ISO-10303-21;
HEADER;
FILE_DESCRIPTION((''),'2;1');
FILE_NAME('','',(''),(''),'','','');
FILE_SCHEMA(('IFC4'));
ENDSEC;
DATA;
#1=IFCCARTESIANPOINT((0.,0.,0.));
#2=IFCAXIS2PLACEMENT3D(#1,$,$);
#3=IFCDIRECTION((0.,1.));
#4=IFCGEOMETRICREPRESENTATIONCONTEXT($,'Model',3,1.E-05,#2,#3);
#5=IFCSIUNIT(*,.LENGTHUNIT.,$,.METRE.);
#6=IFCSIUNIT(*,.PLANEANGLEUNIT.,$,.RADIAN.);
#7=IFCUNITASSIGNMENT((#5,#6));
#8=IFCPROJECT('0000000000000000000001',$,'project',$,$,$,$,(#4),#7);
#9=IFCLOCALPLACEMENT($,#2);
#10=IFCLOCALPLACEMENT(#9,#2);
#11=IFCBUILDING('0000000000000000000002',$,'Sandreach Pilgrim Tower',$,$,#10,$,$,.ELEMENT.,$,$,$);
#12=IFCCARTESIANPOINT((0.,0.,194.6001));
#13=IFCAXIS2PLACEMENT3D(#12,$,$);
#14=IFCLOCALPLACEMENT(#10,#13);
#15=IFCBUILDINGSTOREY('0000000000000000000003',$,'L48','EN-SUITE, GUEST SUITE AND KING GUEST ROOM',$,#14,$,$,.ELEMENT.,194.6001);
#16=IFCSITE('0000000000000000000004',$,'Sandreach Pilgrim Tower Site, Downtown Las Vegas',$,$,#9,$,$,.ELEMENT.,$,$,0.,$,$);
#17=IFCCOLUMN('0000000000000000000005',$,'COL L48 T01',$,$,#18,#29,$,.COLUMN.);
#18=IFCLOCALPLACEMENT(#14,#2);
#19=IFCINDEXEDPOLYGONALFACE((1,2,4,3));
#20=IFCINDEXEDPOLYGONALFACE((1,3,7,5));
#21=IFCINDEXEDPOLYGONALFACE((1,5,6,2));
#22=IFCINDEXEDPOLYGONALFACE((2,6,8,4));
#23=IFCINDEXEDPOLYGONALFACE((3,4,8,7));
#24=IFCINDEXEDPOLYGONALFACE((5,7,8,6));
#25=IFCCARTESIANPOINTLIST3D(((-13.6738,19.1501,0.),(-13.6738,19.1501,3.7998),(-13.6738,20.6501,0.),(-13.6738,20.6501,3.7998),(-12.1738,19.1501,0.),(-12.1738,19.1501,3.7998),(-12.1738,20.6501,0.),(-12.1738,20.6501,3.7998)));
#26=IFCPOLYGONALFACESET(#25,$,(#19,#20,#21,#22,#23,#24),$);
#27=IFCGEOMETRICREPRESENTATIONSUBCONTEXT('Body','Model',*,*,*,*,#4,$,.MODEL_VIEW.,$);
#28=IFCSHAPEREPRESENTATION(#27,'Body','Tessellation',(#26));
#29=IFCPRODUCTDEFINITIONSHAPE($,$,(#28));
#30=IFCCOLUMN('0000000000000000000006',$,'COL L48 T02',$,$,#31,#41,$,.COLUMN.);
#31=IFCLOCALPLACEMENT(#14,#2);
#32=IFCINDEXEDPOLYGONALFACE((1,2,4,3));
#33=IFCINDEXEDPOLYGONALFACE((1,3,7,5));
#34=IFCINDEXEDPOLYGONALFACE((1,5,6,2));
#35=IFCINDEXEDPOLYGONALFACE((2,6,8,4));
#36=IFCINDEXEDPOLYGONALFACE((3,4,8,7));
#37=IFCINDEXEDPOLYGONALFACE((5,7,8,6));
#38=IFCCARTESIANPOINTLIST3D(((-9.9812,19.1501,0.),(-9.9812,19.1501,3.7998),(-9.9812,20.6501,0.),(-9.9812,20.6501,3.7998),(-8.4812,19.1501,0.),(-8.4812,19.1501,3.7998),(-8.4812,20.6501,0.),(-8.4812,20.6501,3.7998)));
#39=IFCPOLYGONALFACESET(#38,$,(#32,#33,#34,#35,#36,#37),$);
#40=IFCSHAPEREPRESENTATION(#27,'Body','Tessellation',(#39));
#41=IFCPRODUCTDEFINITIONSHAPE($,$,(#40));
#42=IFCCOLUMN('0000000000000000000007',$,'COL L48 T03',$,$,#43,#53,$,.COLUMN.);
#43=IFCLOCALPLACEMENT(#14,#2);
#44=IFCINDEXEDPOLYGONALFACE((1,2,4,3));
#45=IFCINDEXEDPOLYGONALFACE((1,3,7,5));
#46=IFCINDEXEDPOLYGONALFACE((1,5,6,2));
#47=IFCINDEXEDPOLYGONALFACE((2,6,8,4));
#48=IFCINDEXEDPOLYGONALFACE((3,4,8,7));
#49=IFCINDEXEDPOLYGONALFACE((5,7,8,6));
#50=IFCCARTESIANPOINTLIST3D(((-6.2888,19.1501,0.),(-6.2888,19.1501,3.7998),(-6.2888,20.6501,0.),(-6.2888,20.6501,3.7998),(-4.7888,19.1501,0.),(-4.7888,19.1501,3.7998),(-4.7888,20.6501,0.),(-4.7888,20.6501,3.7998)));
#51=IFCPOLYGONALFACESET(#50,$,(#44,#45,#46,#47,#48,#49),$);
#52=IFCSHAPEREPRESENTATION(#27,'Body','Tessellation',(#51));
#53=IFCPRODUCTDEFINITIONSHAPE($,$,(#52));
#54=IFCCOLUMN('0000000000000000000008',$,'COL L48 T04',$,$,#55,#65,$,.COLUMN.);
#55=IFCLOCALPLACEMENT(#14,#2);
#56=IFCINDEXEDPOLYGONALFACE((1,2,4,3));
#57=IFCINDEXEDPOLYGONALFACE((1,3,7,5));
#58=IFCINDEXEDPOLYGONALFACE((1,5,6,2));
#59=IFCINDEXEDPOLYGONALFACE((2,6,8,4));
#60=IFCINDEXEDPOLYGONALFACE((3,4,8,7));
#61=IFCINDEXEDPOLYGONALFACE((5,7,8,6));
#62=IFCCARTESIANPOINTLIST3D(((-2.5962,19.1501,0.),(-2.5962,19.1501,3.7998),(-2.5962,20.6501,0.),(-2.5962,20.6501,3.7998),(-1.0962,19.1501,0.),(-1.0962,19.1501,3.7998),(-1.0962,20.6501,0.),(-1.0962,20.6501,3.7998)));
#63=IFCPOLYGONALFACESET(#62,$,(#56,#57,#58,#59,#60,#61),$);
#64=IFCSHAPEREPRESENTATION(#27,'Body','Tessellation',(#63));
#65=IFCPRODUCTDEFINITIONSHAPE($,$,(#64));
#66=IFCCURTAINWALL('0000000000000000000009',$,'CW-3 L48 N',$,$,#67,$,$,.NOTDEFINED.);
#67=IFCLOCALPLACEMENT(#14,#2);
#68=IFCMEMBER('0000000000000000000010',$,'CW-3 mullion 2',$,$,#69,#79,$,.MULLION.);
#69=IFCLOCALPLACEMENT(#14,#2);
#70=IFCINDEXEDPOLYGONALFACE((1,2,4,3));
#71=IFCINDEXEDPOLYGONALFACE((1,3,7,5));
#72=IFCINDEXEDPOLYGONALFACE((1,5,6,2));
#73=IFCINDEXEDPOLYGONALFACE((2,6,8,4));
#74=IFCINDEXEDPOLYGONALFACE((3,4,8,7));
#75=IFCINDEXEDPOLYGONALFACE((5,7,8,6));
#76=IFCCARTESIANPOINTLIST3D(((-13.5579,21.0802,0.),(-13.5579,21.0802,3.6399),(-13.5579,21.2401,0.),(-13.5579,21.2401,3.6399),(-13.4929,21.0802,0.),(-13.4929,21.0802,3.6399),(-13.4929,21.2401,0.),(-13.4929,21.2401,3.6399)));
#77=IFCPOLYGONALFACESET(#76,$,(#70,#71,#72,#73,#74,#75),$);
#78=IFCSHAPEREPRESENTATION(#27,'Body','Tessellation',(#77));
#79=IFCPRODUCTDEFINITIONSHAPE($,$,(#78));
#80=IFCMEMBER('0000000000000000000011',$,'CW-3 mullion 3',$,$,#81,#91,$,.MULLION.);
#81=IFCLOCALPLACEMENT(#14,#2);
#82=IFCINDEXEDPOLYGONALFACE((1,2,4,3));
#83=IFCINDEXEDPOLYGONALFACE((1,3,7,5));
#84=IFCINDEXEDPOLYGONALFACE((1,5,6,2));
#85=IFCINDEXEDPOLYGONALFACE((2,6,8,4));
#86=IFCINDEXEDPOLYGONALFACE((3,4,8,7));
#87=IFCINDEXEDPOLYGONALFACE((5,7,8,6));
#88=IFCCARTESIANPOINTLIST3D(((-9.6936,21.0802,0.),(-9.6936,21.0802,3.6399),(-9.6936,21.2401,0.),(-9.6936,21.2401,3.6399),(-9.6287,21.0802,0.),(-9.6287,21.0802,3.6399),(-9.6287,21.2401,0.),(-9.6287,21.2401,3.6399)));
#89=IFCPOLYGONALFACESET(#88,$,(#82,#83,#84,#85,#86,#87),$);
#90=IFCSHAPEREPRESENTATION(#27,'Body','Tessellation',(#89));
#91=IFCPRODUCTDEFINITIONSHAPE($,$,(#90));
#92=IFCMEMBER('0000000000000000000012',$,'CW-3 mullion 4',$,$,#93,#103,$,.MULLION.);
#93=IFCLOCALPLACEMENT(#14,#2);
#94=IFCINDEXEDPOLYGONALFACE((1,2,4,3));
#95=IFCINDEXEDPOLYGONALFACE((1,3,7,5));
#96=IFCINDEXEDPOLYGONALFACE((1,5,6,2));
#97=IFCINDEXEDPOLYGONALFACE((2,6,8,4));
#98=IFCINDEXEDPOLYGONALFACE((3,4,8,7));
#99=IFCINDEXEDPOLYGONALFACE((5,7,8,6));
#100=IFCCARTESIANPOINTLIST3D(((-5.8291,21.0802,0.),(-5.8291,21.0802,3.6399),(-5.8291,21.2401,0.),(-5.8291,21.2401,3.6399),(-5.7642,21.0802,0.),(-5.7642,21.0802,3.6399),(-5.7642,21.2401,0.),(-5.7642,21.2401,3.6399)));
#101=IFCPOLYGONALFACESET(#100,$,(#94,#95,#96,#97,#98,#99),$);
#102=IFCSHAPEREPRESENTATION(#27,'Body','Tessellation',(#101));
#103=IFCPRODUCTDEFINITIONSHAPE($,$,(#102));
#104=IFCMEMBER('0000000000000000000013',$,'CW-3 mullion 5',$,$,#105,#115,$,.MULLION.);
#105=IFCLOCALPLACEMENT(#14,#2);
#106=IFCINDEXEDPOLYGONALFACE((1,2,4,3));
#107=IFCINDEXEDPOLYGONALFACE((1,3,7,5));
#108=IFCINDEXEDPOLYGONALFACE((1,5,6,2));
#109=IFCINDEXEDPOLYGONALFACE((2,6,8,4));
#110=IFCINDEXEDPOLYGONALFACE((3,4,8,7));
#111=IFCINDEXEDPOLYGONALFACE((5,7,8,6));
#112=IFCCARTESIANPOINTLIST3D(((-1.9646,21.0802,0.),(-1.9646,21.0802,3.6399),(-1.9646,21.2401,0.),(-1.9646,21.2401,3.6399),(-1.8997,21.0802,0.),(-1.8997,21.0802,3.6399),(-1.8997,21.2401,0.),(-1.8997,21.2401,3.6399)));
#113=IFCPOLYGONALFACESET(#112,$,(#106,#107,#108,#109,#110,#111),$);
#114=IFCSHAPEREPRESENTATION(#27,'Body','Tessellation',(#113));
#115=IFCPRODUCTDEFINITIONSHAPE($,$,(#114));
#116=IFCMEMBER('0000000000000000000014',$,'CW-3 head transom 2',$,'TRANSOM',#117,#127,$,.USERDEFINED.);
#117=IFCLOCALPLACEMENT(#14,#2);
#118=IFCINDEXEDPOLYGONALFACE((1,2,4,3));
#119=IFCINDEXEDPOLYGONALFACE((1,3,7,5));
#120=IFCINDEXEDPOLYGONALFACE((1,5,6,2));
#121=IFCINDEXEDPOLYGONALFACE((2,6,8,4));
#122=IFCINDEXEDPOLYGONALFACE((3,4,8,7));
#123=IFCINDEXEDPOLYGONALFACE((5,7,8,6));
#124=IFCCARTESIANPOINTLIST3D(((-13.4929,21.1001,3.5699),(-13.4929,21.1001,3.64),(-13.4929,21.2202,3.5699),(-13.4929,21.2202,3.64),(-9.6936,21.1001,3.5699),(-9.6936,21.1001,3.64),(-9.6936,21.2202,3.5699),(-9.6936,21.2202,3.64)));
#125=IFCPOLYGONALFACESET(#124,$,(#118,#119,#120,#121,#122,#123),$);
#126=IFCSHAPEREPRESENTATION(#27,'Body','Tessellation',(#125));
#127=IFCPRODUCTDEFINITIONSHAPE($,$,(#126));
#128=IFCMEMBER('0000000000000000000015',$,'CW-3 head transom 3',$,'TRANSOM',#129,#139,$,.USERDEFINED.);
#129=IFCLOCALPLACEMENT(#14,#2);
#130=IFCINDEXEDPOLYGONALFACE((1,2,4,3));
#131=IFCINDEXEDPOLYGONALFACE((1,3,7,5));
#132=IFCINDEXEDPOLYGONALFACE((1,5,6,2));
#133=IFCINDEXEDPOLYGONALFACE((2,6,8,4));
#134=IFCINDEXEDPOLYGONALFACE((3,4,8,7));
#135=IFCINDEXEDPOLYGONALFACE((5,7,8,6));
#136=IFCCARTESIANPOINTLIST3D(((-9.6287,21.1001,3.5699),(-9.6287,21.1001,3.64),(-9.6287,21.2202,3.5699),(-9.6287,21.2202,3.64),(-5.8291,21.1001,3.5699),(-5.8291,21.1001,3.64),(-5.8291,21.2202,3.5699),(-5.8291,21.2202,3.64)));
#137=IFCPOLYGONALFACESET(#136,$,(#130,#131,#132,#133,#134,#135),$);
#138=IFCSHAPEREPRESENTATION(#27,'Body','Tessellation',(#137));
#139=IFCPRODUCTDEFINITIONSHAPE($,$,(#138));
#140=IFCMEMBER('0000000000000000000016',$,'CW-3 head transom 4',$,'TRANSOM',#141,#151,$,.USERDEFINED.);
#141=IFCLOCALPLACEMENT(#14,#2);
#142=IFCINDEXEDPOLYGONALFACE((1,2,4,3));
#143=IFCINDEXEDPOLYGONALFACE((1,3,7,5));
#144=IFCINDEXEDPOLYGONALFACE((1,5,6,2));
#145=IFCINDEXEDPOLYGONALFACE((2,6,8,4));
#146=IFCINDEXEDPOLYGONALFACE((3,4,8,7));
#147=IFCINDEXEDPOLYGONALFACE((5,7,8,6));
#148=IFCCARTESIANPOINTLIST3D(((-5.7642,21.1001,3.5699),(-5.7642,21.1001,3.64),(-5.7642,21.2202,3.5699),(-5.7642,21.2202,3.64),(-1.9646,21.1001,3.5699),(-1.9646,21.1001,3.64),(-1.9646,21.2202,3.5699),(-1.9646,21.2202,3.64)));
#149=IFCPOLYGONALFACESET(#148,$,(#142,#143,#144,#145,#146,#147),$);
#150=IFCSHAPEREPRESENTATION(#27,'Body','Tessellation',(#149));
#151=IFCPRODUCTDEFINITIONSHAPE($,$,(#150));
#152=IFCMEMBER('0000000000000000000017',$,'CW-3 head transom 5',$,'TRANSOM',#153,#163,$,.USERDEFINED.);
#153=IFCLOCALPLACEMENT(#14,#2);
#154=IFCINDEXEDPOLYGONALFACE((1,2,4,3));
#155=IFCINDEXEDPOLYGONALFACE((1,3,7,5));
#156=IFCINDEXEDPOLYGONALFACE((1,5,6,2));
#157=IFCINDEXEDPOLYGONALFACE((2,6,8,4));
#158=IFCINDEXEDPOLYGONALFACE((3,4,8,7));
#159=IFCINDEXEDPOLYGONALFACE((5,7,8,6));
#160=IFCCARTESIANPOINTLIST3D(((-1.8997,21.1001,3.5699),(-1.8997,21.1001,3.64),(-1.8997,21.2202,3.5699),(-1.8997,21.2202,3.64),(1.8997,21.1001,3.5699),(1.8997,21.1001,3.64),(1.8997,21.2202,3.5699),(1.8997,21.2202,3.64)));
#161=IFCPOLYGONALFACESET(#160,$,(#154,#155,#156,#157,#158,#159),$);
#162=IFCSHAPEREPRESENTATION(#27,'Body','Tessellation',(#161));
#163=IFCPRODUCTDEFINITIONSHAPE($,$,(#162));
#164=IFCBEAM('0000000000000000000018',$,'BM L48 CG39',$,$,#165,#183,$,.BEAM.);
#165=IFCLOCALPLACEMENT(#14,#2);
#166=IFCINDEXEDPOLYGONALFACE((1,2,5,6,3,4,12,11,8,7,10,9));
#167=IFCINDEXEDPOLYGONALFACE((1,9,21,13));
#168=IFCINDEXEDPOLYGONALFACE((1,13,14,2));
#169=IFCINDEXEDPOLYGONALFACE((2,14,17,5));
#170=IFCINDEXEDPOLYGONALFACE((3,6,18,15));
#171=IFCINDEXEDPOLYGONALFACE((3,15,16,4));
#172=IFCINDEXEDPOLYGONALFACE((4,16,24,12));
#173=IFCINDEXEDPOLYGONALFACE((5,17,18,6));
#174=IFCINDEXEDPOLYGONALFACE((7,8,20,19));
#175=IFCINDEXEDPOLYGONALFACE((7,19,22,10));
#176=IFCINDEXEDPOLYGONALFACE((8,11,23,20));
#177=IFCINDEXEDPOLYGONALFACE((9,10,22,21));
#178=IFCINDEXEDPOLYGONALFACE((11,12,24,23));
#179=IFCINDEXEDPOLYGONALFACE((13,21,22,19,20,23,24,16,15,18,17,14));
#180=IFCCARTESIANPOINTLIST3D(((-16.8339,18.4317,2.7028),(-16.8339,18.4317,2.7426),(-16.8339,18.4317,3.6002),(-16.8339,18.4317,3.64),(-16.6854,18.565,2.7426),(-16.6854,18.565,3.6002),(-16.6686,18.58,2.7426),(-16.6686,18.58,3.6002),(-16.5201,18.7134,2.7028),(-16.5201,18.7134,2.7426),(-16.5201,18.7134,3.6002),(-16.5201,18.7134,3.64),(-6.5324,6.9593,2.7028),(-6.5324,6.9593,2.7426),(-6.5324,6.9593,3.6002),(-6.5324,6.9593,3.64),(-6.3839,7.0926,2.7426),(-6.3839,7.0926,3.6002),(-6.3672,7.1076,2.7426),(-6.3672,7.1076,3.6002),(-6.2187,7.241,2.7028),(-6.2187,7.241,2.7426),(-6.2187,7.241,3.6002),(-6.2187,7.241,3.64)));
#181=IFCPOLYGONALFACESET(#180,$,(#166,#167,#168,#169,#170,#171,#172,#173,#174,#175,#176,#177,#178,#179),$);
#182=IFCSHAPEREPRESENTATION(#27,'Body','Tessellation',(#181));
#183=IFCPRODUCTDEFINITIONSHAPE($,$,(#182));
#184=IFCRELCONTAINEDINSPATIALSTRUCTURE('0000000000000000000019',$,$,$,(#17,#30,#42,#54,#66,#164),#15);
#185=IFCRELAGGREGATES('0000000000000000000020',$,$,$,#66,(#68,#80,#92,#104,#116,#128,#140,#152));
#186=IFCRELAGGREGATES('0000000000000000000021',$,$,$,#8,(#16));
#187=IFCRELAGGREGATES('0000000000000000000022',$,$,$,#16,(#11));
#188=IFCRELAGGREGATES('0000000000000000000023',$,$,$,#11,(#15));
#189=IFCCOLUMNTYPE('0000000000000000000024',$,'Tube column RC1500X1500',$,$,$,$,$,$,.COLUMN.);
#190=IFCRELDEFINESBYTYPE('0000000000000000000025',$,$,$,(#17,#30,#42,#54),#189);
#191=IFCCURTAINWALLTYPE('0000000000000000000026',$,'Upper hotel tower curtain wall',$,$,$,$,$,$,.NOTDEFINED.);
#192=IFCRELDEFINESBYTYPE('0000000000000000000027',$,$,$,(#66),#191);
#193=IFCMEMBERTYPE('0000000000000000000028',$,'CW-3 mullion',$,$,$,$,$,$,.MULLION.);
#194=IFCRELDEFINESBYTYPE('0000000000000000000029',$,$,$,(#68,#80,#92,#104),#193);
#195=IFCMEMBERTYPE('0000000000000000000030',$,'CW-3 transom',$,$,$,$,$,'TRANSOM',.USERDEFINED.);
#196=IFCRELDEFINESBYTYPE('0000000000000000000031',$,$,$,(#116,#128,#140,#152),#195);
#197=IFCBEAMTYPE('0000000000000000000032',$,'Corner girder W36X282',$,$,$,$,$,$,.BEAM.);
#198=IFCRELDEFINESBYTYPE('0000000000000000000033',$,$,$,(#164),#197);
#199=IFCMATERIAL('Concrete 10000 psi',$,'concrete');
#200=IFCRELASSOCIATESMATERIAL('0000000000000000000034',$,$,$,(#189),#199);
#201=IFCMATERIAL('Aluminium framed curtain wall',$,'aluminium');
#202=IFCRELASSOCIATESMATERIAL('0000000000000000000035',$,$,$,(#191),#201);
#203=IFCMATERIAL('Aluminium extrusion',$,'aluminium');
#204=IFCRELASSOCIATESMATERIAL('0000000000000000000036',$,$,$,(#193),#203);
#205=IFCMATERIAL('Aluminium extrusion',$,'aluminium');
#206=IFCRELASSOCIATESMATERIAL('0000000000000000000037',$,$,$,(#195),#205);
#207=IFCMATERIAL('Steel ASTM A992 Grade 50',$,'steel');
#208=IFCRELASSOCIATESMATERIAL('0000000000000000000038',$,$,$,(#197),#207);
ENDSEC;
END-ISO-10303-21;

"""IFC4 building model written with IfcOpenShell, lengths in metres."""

from ifc_helpers import new_model, si_unit, direction, frame, origin, origin_2d, place, context, subcontext, project, spatial, rectangle, i_section, extrude, material, material_profile, profile_set, type_object, element, aggregate, save


model = new_model("IFC4")

# Units and contexts
model_context = context("Model", 3, precision=1e-05, world=origin(), true_north=direction((0.0, 1.0)))
body_context = subcontext(model_context, "Body", "Model", "MODEL_VIEW")
ifc_project = project(units=[si_unit("LENGTHUNIT", "METRE"), si_unit("PLANEANGLEUNIT", "RADIAN")], contexts=[model_context])

# Site, building, storey
site_placement = place(None, origin())
site = spatial("IfcSite", under=ifc_project, at=site_placement, Name="Sandreach Pilgrim Tower Site, Downtown Las Vegas", CompositionType="ELEMENT", RefElevation=0.0)
building_placement = place(site_placement, origin())
building = spatial("IfcBuilding", under=site, at=building_placement, Name="Sandreach Pilgrim Tower", CompositionType="ELEMENT")
storey_placement = place(building_placement, frame((0.0, 0.0, 194.6001)))
storey = spatial("IfcBuildingStorey", under=building, at=storey_placement, Name="L48", Description="EN-SUITE, GUEST SUITE AND KING GUEST ROOM", CompositionType="ELEMENT", Elevation=194.6001)

# Columns
ifc_material_1 = material(Name="Concrete 10000 psi", Category="concrete")
ifc_material_profile_1 = material_profile(ifc_material_1, rectangle(XDim=1.5, YDim=1.5, at=origin_2d()), Name="RC1500X1500")
ifc_profile_set_1 = profile_set([ifc_material_profile_1], Name="Concrete 10000 psi")
column_type = type_object("IfcColumnType", Name="Tube column RC1500X1500", PredefinedType="COLUMN", material=ifc_profile_set_1)
for number, where, z_axis, x_axis, name in (
    (1, (-12.9238, 19.9001, 0.0), (0.0, 0.0, 1.0), (0.0, 1.0, 0.0), "COL L48 T01"),
    (2, (-9.2312, 19.9001, 0.0), (0.0, 0.0, 1.0), (0.0, 1.0, 0.0), "COL L48 T02"),
    (3, (-5.5388, 19.9001, 0.0), (0.0, 0.0, 1.0), (0.0, 1.0, 0.0), "COL L48 T03"),
    (4, (-1.8462, 19.9001, 0.0), (0.0, 0.0, 1.0), (0.0, 1.0, 0.0), "COL L48 T04"),
):
    element("IfcColumn", number, at=place(storey_placement, frame(where, z_axis=z_axis, x_axis=x_axis)), inside=storey, type_object=column_type, Name=name, PredefinedType="COLUMN", context=body_context, shape_type="SweptSolid", body=[
        extrude(rectangle(XDim=1.5, YDim=1.5, at=origin_2d()), origin(), (0.0, 0.0, 1.0), 3.7998),
    ])

# Curtain wall, members
ifc_material_2 = material(Name="Aluminium framed curtain wall", Category="aluminium")
curtain_wall_type = type_object("IfcCurtainWallType", Name="Upper hotel tower curtain wall", PredefinedType="NOTDEFINED", material=ifc_material_2)
curtain_wall_placement = place(storey_placement, origin())
curtain_wall = element("IfcCurtainWall", 5, at=curtain_wall_placement, inside=storey, type_object=curtain_wall_type, Name="CW-3 L48 N", PredefinedType="NOTDEFINED")
ifc_material_3 = material(Name="Aluminium extrusion", Category="aluminium")
ifc_material_profile_2 = material_profile(ifc_material_3, rectangle(XDim=0.0649, YDim=0.1599, at=origin_2d()), Name="CW-3M 65X160")
ifc_profile_set_2 = profile_set([ifc_material_profile_2], Name="Aluminium extrusion")
member_type_1 = type_object("IfcMemberType", Name="CW-3 mullion", PredefinedType="MULLION", material=ifc_profile_set_2)
member_1_placement = place(storey_placement, frame((-13.5254, 21.1602, 0.0), z_axis=(0.0, 0.0, 1.0), x_axis=(1.0, 0.0, 0.0)))
member_1 = element("IfcMember", 6, at=member_1_placement, type_object=member_type_1, Name="CW-3 mullion 2", PredefinedType="MULLION", context=body_context, shape_type="SweptSolid", body=[
    extrude(rectangle(XDim=0.0649, YDim=0.1599, at=origin_2d()), origin(), (0.0, 0.0, 1.0), 3.6399),
])
member_2_placement = place(storey_placement, frame((-9.6611, 21.1602, 0.0), z_axis=(0.0, 0.0, 1.0), x_axis=(1.0, 0.0, 0.0)))
member_2 = element("IfcMember", 7, at=member_2_placement, type_object=member_type_1, Name="CW-3 mullion 3", PredefinedType="MULLION", context=body_context, shape_type="SweptSolid", body=[
    extrude(rectangle(XDim=0.0649, YDim=0.1599, at=origin_2d()), origin(), (0.0, 0.0, 1.0), 3.6399),
])
member_3_placement = place(storey_placement, frame((-5.7966, 21.1602, 0.0), z_axis=(0.0, 0.0, 1.0), x_axis=(1.0, 0.0, 0.0)))
member_3 = element("IfcMember", 8, at=member_3_placement, type_object=member_type_1, Name="CW-3 mullion 4", PredefinedType="MULLION", context=body_context, shape_type="SweptSolid", body=[
    extrude(rectangle(XDim=0.0649, YDim=0.1599, at=origin_2d()), origin(), (0.0, 0.0, 1.0), 3.6399),
])
member_4_placement = place(storey_placement, frame((-1.9321, 21.1602, 0.0), z_axis=(0.0, 0.0, 1.0), x_axis=(1.0, 0.0, 0.0)))
member_4 = element("IfcMember", 9, at=member_4_placement, type_object=member_type_1, Name="CW-3 mullion 5", PredefinedType="MULLION", context=body_context, shape_type="SweptSolid", body=[
    extrude(rectangle(XDim=0.0649, YDim=0.1599, at=origin_2d()), origin(), (0.0, 0.0, 1.0), 3.6399),
])
ifc_material_4 = material(Name="Aluminium extrusion", Category="aluminium")
ifc_material_profile_3 = material_profile(ifc_material_4, rectangle(XDim=0.1201, YDim=0.0701, at=origin_2d()), Name="CW-3T 120X70")
ifc_profile_set_3 = profile_set([ifc_material_profile_3], Name="Aluminium extrusion")
member_type_2 = type_object("IfcMemberType", Name="CW-3 transom", ElementType="TRANSOM", PredefinedType="USERDEFINED", material=ifc_profile_set_3)
member_5_placement = place(storey_placement, frame((-13.4929, 21.1602, 3.605), z_axis=(1.0, 0.0, 0.0), x_axis=(0.0, 1.0, 0.0)))
member_5 = element("IfcMember", 10, at=member_5_placement, type_object=member_type_2, Name="CW-3 head transom 2", ObjectType="TRANSOM", PredefinedType="USERDEFINED", context=body_context, shape_type="SweptSolid", body=[
    extrude(rectangle(XDim=0.1201, YDim=0.0701, at=origin_2d()), origin(), (0.0, 0.0, 1.0), 3.7993),
])
member_6_placement = place(storey_placement, frame((-9.6287, 21.1602, 3.605), z_axis=(1.0, 0.0, 0.0), x_axis=(0.0, 1.0, 0.0)))
member_6 = element("IfcMember", 11, at=member_6_placement, type_object=member_type_2, Name="CW-3 head transom 3", ObjectType="TRANSOM", PredefinedType="USERDEFINED", context=body_context, shape_type="SweptSolid", body=[
    extrude(rectangle(XDim=0.1201, YDim=0.0701, at=origin_2d()), origin(), (0.0, 0.0, 1.0), 3.7996),
])
member_7_placement = place(storey_placement, frame((-5.7642, 21.1602, 3.605), z_axis=(1.0, 0.0, 0.0), x_axis=(0.0, 1.0, 0.0)))
member_7 = element("IfcMember", 12, at=member_7_placement, type_object=member_type_2, Name="CW-3 head transom 4", ObjectType="TRANSOM", PredefinedType="USERDEFINED", context=body_context, shape_type="SweptSolid", body=[
    extrude(rectangle(XDim=0.1201, YDim=0.0701, at=origin_2d()), origin(), (0.0, 0.0, 1.0), 3.7996),
])
member_8_placement = place(storey_placement, frame((-1.8997, 21.1602, 3.605), z_axis=(1.0, 0.0, 0.0), x_axis=(0.0, 1.0, 0.0)))
member_8 = element("IfcMember", 13, at=member_8_placement, type_object=member_type_2, Name="CW-3 head transom 5", ObjectType="TRANSOM", PredefinedType="USERDEFINED", context=body_context, shape_type="SweptSolid", body=[
    extrude(rectangle(XDim=0.1201, YDim=0.0701, at=origin_2d()), origin(), (0.0, 0.0, 1.0), 3.7993),
])

# Beam
ifc_material_5 = material(Name="Steel ASTM A992 Grade 50", Category="steel")
ifc_material_profile_4 = material_profile(ifc_material_5, i_section(OverallWidth=0.4216, OverallDepth=0.9373, WebThickness=0.0225, FlangeThickness=0.0398, at=origin_2d()), Name="W36X282")
ifc_profile_set_4 = profile_set([ifc_material_profile_4], Name="Steel ASTM A992 Grade 50")
beam_type_1 = type_object("IfcBeamType", Name="Corner girder W36X282", PredefinedType="BEAM", material=ifc_profile_set_4)
beam_1_placement = place(storey_placement, frame((-16.677, 18.5725, 3.1714), z_axis=(0.668117, -0.744057, 0.0), x_axis=(0.744057, 0.668117, 0.0)))
element("IfcBeam", 14, at=beam_1_placement, inside=storey, type_object=beam_type_1, Name="BM L48 CG39", PredefinedType="BEAM", context=body_context, shape_type="SweptSolid", body=[
    extrude(i_section(OverallWidth=0.4216, OverallDepth=0.9373, WebThickness=0.0225, FlangeThickness=0.0398, at=origin_2d()), origin(), (0.0, 0.0, 1.0), 15.4187),
])

aggregate(curtain_wall, [member_1, member_2, member_3, member_4, member_5, member_6, member_7, member_8])

save(model, "model.ifc")
